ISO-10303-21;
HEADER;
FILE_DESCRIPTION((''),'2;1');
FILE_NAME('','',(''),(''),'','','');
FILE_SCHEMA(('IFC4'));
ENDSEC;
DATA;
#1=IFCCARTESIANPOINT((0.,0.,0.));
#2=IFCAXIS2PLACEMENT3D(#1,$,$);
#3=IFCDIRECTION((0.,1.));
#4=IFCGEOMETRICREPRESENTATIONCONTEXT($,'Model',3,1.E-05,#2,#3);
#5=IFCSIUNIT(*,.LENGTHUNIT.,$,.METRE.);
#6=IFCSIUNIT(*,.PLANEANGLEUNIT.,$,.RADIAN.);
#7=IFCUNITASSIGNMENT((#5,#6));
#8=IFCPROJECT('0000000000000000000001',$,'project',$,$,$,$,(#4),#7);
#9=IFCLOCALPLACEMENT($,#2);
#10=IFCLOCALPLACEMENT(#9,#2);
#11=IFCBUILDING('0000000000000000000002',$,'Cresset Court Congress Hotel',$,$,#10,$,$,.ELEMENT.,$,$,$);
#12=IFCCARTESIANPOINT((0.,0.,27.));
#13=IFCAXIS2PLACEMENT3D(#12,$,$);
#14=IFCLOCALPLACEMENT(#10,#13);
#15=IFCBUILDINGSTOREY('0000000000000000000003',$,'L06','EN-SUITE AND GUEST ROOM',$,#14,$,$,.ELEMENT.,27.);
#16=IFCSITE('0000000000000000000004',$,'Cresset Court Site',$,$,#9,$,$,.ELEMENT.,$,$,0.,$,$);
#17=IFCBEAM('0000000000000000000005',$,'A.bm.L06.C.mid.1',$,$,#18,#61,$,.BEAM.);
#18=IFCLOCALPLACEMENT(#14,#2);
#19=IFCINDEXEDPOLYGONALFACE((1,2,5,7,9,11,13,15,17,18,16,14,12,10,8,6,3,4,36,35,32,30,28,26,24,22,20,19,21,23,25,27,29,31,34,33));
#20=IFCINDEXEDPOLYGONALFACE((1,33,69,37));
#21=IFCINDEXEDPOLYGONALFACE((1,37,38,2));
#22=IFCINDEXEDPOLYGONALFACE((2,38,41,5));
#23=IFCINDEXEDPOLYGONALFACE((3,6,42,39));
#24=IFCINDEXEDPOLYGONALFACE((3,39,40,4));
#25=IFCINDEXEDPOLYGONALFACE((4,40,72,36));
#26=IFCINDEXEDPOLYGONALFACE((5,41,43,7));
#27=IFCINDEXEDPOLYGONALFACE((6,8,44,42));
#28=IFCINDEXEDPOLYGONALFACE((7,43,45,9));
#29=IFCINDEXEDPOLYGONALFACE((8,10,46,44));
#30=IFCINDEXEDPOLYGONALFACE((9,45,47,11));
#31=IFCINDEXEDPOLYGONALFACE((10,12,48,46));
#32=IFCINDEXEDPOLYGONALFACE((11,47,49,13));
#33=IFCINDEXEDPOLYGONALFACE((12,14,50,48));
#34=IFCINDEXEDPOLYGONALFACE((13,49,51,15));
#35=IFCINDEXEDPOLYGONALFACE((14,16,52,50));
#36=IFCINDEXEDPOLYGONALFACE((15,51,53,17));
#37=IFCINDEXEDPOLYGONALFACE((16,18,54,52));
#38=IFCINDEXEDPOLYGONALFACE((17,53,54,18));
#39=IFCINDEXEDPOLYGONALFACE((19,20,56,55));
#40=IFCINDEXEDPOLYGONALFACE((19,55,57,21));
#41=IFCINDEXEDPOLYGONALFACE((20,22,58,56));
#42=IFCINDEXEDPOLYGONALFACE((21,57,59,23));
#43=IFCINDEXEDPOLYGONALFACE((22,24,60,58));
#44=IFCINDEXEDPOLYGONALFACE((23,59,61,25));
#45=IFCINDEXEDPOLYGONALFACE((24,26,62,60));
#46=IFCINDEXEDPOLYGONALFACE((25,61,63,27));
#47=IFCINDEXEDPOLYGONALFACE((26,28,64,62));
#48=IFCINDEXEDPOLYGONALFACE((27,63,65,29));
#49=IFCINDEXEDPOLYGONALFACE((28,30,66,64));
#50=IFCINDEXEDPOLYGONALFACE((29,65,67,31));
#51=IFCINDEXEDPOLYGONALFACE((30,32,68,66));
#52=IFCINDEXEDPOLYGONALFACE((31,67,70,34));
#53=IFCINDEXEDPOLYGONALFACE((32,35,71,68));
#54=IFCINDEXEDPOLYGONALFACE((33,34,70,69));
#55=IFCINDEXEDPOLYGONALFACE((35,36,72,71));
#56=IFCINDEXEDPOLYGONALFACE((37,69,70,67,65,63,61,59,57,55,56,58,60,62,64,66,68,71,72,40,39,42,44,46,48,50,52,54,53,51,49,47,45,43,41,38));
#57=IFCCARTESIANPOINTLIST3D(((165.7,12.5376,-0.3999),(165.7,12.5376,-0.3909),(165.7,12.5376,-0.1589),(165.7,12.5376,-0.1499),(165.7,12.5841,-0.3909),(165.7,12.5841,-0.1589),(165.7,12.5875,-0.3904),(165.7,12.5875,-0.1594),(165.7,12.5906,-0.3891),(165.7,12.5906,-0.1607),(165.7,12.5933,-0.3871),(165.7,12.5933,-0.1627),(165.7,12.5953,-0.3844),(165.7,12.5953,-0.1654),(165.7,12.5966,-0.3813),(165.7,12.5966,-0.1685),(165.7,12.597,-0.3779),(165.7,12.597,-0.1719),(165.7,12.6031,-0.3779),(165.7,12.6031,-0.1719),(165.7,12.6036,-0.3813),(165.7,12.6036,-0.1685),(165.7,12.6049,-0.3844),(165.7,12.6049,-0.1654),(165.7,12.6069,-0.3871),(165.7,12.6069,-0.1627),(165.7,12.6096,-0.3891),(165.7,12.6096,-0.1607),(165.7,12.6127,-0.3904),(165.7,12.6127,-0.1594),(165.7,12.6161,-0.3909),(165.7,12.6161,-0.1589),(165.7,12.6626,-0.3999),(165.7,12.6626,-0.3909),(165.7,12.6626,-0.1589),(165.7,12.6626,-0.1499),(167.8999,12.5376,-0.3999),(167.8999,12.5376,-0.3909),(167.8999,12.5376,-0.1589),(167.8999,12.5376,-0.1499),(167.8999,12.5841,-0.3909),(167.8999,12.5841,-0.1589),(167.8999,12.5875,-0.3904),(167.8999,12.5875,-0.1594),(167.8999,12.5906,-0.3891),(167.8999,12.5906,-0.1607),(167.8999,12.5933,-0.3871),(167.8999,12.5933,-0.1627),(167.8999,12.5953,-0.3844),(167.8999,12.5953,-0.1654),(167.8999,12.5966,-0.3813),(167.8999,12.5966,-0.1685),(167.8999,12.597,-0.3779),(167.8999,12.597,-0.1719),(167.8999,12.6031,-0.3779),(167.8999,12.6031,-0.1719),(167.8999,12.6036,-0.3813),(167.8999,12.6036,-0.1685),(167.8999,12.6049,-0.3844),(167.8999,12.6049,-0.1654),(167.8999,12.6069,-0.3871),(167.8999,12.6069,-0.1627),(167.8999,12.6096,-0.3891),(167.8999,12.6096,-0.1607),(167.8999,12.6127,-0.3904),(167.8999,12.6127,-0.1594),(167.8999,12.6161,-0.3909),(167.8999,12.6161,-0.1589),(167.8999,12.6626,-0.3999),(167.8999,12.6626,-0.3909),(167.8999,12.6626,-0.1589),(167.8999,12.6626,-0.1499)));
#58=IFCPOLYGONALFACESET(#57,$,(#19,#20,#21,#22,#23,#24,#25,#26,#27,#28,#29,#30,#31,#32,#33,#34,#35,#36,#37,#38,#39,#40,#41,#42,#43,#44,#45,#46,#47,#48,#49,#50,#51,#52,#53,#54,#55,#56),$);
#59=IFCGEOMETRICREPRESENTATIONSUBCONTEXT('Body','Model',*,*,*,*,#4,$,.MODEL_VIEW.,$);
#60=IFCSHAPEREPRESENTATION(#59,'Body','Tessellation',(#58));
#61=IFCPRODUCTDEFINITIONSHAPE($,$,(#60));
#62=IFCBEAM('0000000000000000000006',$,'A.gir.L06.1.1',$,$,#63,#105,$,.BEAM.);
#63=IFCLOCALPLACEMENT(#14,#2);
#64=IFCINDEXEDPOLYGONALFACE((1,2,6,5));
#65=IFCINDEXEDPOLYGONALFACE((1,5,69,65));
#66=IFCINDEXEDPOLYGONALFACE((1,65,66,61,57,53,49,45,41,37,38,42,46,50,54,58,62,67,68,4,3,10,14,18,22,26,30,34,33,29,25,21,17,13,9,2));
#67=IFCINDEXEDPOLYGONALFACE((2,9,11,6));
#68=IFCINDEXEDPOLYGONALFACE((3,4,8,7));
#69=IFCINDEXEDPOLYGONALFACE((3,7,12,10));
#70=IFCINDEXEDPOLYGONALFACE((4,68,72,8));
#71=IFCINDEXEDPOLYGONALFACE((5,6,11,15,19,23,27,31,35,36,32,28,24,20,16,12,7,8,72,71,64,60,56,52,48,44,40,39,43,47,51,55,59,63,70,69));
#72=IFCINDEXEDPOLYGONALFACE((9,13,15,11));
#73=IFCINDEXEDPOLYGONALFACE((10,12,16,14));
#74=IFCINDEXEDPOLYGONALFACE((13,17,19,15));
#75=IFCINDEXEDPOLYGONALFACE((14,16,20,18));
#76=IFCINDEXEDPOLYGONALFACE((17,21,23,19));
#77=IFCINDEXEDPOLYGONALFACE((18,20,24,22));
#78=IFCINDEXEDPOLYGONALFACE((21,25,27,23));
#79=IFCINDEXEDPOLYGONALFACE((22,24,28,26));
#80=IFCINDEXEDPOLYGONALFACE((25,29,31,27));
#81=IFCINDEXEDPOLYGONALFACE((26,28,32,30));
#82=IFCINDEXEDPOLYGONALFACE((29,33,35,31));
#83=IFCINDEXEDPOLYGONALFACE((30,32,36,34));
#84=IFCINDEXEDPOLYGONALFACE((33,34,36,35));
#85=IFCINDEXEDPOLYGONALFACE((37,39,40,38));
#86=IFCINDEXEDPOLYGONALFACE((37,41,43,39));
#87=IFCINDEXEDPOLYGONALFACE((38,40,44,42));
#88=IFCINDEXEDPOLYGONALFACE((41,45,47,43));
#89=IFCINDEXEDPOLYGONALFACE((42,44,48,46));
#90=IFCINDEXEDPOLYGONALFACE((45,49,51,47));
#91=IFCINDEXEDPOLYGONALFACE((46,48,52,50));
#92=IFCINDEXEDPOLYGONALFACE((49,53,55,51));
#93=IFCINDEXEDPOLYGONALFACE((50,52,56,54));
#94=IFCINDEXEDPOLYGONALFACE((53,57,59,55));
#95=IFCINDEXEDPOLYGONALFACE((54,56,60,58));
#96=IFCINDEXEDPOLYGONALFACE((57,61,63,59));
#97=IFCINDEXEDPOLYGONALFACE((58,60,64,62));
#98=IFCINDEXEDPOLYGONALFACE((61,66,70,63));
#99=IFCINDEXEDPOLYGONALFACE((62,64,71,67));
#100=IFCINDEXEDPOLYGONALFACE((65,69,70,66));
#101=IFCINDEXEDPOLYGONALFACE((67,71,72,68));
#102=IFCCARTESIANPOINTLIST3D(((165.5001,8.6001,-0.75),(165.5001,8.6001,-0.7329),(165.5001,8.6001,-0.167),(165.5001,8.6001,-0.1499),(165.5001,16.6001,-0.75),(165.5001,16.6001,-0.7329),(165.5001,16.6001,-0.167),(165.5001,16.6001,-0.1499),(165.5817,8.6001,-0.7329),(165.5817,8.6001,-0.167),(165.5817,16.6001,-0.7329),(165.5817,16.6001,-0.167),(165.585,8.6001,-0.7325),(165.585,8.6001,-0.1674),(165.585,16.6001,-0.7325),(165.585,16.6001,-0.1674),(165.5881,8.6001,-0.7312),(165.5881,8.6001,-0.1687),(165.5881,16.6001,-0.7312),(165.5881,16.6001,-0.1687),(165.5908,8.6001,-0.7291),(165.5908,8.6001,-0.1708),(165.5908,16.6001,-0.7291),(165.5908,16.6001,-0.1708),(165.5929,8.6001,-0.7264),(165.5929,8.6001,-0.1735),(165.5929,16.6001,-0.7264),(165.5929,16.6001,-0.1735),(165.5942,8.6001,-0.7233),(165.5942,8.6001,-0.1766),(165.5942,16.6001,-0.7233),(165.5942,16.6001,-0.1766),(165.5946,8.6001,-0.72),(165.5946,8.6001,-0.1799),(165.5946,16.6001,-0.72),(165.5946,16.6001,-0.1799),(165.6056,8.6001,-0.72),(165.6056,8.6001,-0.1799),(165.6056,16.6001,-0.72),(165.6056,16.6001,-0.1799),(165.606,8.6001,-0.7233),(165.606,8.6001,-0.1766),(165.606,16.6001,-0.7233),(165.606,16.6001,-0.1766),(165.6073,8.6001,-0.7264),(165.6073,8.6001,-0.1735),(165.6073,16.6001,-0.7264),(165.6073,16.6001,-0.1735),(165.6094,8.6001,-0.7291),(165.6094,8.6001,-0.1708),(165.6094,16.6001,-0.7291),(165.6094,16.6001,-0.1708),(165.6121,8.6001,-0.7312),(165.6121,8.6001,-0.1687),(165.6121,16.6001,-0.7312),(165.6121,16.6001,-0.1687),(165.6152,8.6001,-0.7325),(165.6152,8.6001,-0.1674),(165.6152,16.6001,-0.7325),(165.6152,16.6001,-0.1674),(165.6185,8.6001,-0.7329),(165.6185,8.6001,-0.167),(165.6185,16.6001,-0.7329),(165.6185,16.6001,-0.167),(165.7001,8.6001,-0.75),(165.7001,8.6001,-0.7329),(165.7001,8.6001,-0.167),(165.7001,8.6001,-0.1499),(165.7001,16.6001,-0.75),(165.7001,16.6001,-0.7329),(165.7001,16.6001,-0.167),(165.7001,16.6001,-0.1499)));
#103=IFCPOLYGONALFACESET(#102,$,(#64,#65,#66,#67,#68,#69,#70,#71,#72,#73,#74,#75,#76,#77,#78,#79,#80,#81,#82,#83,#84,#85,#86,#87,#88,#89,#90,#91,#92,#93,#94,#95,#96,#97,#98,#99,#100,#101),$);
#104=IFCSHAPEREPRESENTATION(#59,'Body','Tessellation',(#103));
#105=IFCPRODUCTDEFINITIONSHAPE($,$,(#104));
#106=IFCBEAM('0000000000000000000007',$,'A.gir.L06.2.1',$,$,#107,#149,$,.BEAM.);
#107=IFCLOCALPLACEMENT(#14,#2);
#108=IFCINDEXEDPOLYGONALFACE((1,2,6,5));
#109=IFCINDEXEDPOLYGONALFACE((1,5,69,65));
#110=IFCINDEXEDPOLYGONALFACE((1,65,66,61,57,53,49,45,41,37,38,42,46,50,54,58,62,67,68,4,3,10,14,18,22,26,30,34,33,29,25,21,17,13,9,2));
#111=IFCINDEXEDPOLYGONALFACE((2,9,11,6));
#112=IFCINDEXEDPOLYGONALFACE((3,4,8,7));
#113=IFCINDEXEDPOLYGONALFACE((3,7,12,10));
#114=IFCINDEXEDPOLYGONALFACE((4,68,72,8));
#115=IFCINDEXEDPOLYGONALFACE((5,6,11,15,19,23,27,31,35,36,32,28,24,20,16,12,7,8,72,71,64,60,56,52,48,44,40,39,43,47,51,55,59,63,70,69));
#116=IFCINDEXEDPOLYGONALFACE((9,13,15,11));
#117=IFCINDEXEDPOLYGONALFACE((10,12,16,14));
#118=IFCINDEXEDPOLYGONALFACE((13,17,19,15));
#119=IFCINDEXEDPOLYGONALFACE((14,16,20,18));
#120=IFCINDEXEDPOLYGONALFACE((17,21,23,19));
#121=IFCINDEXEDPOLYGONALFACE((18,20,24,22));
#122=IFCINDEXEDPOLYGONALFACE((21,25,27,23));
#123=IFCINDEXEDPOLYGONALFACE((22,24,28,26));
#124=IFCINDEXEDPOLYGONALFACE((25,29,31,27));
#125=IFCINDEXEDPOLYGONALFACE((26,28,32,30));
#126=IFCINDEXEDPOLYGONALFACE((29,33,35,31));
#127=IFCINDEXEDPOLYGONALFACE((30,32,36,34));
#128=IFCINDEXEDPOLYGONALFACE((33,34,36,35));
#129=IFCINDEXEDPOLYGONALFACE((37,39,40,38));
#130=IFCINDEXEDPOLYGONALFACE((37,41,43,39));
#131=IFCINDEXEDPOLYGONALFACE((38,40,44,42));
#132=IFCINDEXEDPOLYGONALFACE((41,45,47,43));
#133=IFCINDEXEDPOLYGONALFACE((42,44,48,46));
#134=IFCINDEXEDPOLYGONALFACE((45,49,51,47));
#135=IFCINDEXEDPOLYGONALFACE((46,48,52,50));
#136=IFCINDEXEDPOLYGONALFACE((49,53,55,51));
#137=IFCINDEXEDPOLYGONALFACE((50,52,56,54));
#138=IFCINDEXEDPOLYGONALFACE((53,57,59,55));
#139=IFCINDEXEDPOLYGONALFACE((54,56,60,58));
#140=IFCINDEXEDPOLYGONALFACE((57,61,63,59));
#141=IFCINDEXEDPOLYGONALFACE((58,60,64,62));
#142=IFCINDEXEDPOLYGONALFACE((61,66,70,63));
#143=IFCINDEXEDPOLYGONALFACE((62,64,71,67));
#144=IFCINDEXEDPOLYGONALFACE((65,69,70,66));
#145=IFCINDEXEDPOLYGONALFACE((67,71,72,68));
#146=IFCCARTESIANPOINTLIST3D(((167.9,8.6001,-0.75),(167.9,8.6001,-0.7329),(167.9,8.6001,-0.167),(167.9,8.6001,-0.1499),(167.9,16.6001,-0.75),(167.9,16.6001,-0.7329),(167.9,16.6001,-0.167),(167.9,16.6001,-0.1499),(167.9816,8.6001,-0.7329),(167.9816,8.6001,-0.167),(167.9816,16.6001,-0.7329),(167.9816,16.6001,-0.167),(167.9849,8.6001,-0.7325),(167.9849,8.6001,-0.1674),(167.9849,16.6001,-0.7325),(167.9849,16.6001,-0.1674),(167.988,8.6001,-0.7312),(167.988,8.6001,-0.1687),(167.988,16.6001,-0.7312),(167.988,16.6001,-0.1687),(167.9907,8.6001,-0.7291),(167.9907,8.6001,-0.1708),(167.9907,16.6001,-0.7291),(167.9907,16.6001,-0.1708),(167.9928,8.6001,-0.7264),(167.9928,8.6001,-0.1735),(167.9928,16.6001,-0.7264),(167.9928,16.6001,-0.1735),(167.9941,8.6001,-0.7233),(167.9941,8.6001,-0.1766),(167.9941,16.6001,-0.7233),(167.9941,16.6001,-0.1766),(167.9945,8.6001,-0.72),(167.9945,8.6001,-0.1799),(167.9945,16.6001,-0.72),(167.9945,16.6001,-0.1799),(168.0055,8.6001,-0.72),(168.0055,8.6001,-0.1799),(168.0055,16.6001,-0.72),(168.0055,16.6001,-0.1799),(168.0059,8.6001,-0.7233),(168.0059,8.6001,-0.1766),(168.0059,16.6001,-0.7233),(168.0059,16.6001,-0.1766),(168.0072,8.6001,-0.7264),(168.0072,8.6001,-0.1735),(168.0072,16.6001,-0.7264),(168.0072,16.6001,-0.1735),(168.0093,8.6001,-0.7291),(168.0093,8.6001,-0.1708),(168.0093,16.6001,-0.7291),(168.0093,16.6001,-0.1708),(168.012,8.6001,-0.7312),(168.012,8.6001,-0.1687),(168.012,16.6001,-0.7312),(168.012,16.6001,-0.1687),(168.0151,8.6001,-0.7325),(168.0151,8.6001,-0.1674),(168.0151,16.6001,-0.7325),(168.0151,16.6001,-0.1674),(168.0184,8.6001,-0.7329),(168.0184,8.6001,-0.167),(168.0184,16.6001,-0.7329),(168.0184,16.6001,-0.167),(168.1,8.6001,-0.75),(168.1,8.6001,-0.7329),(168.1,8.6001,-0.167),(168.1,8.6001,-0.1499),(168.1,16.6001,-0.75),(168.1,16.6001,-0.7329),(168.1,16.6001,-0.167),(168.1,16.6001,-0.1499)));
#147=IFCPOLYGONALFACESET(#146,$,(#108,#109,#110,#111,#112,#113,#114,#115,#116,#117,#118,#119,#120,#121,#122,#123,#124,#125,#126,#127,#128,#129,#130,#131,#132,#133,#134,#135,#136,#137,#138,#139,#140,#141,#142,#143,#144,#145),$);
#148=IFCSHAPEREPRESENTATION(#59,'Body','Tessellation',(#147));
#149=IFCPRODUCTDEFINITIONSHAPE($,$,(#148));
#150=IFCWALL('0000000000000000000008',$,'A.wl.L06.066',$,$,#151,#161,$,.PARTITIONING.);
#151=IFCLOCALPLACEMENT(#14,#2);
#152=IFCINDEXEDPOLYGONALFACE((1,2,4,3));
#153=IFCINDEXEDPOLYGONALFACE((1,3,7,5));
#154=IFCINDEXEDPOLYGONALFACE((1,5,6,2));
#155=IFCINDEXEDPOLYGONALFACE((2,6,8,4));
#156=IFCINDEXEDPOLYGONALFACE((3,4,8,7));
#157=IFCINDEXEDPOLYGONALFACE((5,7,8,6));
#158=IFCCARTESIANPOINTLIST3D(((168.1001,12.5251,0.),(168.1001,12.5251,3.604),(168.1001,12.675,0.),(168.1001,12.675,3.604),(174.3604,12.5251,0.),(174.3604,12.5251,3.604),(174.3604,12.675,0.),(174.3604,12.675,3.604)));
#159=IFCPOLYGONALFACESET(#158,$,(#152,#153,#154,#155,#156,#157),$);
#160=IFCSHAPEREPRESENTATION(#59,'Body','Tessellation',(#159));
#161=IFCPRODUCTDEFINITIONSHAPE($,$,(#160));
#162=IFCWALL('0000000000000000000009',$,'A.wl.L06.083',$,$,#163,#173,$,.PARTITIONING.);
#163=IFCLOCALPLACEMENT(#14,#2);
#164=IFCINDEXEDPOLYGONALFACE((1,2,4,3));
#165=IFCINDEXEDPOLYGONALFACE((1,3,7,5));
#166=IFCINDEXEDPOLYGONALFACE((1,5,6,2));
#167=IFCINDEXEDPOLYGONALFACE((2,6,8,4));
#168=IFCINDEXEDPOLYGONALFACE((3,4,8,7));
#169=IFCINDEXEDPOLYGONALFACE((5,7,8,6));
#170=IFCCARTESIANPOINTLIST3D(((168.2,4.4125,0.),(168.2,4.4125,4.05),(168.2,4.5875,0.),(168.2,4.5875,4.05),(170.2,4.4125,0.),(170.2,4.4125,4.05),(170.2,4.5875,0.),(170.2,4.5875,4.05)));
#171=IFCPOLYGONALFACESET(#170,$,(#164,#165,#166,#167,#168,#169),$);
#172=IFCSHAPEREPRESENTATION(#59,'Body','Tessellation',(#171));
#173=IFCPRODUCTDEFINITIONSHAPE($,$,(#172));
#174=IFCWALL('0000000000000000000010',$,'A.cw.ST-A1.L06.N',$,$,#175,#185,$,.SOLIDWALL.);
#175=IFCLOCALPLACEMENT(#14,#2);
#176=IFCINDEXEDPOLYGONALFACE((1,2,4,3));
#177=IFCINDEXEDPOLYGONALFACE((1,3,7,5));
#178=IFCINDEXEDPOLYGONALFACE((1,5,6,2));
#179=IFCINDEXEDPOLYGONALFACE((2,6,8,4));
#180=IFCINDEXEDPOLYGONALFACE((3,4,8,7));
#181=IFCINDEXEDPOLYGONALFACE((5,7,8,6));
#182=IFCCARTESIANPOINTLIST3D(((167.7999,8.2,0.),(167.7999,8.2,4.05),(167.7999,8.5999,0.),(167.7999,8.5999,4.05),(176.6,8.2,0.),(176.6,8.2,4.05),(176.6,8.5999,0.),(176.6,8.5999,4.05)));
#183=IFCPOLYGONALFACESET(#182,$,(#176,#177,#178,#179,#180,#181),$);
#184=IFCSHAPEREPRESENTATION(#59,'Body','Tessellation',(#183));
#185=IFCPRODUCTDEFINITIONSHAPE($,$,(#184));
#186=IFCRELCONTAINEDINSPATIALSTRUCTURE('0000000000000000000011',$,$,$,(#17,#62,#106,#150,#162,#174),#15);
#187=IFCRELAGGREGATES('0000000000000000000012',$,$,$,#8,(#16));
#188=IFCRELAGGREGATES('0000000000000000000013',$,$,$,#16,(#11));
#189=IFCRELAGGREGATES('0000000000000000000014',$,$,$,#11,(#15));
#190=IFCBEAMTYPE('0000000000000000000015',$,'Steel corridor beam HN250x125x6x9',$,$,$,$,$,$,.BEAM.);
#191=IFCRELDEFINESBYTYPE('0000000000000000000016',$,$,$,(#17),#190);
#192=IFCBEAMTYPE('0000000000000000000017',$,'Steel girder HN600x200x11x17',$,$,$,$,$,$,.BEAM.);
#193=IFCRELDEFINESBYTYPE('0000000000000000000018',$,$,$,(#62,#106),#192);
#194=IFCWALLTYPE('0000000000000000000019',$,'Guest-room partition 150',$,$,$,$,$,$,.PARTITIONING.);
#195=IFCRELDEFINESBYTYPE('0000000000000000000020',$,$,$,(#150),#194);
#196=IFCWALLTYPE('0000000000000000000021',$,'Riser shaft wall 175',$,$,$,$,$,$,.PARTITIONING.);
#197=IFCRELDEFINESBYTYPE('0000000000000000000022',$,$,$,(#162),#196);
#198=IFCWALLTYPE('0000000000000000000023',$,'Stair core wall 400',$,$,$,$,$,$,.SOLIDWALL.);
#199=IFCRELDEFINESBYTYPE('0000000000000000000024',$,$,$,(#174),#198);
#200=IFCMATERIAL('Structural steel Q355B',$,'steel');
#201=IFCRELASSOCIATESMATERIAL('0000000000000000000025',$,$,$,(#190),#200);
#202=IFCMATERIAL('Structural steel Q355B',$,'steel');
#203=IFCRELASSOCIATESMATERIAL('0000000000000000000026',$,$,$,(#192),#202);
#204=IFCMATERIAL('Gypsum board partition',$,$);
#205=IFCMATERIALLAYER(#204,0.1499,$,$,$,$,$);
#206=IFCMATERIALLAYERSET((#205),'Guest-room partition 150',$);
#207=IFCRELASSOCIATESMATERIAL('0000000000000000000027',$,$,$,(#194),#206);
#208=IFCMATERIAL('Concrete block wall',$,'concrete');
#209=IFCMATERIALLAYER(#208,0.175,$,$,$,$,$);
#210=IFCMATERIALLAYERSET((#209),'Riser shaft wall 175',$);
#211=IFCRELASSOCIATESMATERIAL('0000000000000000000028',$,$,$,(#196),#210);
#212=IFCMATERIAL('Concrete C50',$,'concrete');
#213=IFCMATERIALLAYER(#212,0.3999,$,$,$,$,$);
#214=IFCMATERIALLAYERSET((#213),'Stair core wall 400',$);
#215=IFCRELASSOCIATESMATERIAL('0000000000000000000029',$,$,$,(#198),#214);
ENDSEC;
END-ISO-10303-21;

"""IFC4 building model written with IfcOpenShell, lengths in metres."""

from ifc_helpers import new_model, si_unit, direction, frame, frame_2d, origin, origin_2d, place, context, subcontext, project, spatial, rectangle, i_section, extrude, material, layer, layer_set, material_profile, profile_set, type_object, element, save


model = new_model("IFC4")

# Units and contexts
model_context = context("Model", 3, precision=1e-05, world=origin(), true_north=direction((0.0, 1.0)))
body_context = subcontext(model_context, "Body", "Model", "MODEL_VIEW")
ifc_project = project(units=[si_unit("LENGTHUNIT", "METRE"), si_unit("PLANEANGLEUNIT", "RADIAN")], contexts=[model_context])

# Site, building, storey
site_placement = place(None, origin())
site = spatial("IfcSite", under=ifc_project, at=site_placement, Name="Cresset Court Site", CompositionType="ELEMENT", RefElevation=0.0)
building_placement = place(site_placement, origin())
building = spatial("IfcBuilding", under=site, at=building_placement, Name="Cresset Court Congress Hotel", CompositionType="ELEMENT")
storey_placement = place(building_placement, frame((0.0, 0.0, 27.0)))
storey = spatial("IfcBuildingStorey", under=building, at=storey_placement, Name="L06", Description="EN-SUITE AND GUEST ROOM", CompositionType="ELEMENT", Elevation=27.0)

# Beams
ifc_material_1 = material(Name="Structural steel Q355B", Category="steel")
ifc_material_profile_1 = material_profile(ifc_material_1, i_section(OverallWidth=0.125, OverallDepth=0.25, WebThickness=0.0061, FlangeThickness=0.009, FilletRadius=0.0129, at=origin_2d()), Name="HN250x125x6x9")
ifc_profile_set_1 = profile_set([ifc_material_profile_1], Name="Structural steel Q355B")
beam_type_1 = type_object("IfcBeamType", Name="Steel corridor beam HN250x125x6x9", PredefinedType="BEAM", material=ifc_profile_set_1)
beam_1_placement = place(storey_placement, frame((165.7, 12.6001, -0.2749), z_axis=(1.0, 0.0, 0.0), x_axis=(0.0, 1.0, 0.0)))
element("IfcBeam", 1, at=beam_1_placement, inside=storey, type_object=beam_type_1, Name="A.bm.L06.C.mid.1", PredefinedType="BEAM", context=body_context, shape_type="SweptSolid", body=[
    extrude(i_section(OverallWidth=0.125, OverallDepth=0.25, WebThickness=0.0061, FlangeThickness=0.009, FilletRadius=0.0129, at=origin_2d()), origin(), (0.0, 0.0, 1.0), 2.2),
])
ifc_material_2 = material(Name="Structural steel Q355B", Category="steel")
ifc_material_profile_2 = material_profile(ifc_material_2, i_section(OverallWidth=0.2, OverallDepth=0.6001, WebThickness=0.011, FlangeThickness=0.0171, FilletRadius=0.0129, at=origin_2d()), Name="HN600x200x11x17")
ifc_profile_set_2 = profile_set([ifc_material_profile_2], Name="Structural steel Q355B")
beam_type_2 = type_object("IfcBeamType", Name="Steel girder HN600x200x11x17", PredefinedType="BEAM", material=ifc_profile_set_2)
for number, where, z_axis, x_axis, name in (
    (2, (165.6001, 8.6001, -0.45), (0.0, 1.0, 0.0), (-1.0, 0.0, 0.0), "A.gir.L06.1.1"),
    (3, (168.0, 8.6001, -0.45), (0.0, 1.0, 0.0), (-1.0, 0.0, 0.0), "A.gir.L06.2.1"),
):
    element("IfcBeam", number, at=place(storey_placement, frame(where, z_axis=z_axis, x_axis=x_axis)), inside=storey, type_object=beam_type_2, Name=name, PredefinedType="BEAM", context=body_context, shape_type="SweptSolid", body=[
        extrude(i_section(OverallWidth=0.2, OverallDepth=0.6001, WebThickness=0.011, FlangeThickness=0.0171, FilletRadius=0.0129, at=origin_2d()), origin(), (0.0, 0.0, 1.0), 8.0),
    ])

# Walls
ifc_material_3 = material(Name="Gypsum board partition")
ifc_layer_1 = layer(ifc_material_3, 0.1499)
ifc_layer_set_1 = layer_set([ifc_layer_1], Name="Guest-room partition 150")
wall_type_1 = type_object("IfcWallType", Name="Guest-room partition 150", PredefinedType="PARTITIONING", material=ifc_layer_set_1)
wall_1_placement = place(storey_placement, frame((168.1001, 12.6001, 0.0), z_axis=(0.0, 0.0, 1.0), x_axis=(1.0, 0.0, 0.0)))
element("IfcWall", 4, at=wall_1_placement, inside=storey, type_object=wall_type_1, Name="A.wl.L06.066", PredefinedType="PARTITIONING", context=body_context, shape_type="SweptSolid", body=[
    extrude(rectangle(XDim=6.2603, YDim=0.1499, at=frame_2d((3.1301, 0.0))), origin(), (0.0, 0.0, 1.0), 3.604),
])
ifc_material_4 = material(Name="Concrete block wall", Category="concrete")
ifc_layer_2 = layer(ifc_material_4, 0.175)
ifc_layer_set_2 = layer_set([ifc_layer_2], Name="Riser shaft wall 175")
wall_type_2 = type_object("IfcWallType", Name="Riser shaft wall 175", PredefinedType="PARTITIONING", material=ifc_layer_set_2)
wall_2_placement = place(storey_placement, frame((168.2, 4.5, 0.0), z_axis=(0.0, 0.0, 1.0), x_axis=(1.0, 0.0, 0.0)))
element("IfcWall", 5, at=wall_2_placement, inside=storey, type_object=wall_type_2, Name="A.wl.L06.083", PredefinedType="PARTITIONING", context=body_context, shape_type="SweptSolid", body=[
    extrude(rectangle(XDim=2.0, YDim=0.175, at=frame_2d((1.0, 0.0))), origin(), (0.0, 0.0, 1.0), 4.05),
])
ifc_material_5 = material(Name="Concrete C50", Category="concrete")
ifc_layer_3 = layer(ifc_material_5, 0.3999)
ifc_layer_set_3 = layer_set([ifc_layer_3], Name="Stair core wall 400")
wall_type_3 = type_object("IfcWallType", Name="Stair core wall 400", PredefinedType="SOLIDWALL", material=ifc_layer_set_3)
wall_3_placement = place(storey_placement, frame((167.8, 8.3999, 0.0), z_axis=(0.0, 0.0, 1.0), x_axis=(1.0, 0.0, 0.0)))
element("IfcWall", 6, at=wall_3_placement, inside=storey, type_object=wall_type_3, Name="A.cw.ST-A1.L06.N", PredefinedType="SOLIDWALL", context=body_context, shape_type="SweptSolid", body=[
    extrude(rectangle(XDim=8.8, YDim=0.3999, at=frame_2d((4.3999, 0.0))), origin(), (0.0, 0.0, 1.0), 4.05),
])

save(model, "model.ifc")
